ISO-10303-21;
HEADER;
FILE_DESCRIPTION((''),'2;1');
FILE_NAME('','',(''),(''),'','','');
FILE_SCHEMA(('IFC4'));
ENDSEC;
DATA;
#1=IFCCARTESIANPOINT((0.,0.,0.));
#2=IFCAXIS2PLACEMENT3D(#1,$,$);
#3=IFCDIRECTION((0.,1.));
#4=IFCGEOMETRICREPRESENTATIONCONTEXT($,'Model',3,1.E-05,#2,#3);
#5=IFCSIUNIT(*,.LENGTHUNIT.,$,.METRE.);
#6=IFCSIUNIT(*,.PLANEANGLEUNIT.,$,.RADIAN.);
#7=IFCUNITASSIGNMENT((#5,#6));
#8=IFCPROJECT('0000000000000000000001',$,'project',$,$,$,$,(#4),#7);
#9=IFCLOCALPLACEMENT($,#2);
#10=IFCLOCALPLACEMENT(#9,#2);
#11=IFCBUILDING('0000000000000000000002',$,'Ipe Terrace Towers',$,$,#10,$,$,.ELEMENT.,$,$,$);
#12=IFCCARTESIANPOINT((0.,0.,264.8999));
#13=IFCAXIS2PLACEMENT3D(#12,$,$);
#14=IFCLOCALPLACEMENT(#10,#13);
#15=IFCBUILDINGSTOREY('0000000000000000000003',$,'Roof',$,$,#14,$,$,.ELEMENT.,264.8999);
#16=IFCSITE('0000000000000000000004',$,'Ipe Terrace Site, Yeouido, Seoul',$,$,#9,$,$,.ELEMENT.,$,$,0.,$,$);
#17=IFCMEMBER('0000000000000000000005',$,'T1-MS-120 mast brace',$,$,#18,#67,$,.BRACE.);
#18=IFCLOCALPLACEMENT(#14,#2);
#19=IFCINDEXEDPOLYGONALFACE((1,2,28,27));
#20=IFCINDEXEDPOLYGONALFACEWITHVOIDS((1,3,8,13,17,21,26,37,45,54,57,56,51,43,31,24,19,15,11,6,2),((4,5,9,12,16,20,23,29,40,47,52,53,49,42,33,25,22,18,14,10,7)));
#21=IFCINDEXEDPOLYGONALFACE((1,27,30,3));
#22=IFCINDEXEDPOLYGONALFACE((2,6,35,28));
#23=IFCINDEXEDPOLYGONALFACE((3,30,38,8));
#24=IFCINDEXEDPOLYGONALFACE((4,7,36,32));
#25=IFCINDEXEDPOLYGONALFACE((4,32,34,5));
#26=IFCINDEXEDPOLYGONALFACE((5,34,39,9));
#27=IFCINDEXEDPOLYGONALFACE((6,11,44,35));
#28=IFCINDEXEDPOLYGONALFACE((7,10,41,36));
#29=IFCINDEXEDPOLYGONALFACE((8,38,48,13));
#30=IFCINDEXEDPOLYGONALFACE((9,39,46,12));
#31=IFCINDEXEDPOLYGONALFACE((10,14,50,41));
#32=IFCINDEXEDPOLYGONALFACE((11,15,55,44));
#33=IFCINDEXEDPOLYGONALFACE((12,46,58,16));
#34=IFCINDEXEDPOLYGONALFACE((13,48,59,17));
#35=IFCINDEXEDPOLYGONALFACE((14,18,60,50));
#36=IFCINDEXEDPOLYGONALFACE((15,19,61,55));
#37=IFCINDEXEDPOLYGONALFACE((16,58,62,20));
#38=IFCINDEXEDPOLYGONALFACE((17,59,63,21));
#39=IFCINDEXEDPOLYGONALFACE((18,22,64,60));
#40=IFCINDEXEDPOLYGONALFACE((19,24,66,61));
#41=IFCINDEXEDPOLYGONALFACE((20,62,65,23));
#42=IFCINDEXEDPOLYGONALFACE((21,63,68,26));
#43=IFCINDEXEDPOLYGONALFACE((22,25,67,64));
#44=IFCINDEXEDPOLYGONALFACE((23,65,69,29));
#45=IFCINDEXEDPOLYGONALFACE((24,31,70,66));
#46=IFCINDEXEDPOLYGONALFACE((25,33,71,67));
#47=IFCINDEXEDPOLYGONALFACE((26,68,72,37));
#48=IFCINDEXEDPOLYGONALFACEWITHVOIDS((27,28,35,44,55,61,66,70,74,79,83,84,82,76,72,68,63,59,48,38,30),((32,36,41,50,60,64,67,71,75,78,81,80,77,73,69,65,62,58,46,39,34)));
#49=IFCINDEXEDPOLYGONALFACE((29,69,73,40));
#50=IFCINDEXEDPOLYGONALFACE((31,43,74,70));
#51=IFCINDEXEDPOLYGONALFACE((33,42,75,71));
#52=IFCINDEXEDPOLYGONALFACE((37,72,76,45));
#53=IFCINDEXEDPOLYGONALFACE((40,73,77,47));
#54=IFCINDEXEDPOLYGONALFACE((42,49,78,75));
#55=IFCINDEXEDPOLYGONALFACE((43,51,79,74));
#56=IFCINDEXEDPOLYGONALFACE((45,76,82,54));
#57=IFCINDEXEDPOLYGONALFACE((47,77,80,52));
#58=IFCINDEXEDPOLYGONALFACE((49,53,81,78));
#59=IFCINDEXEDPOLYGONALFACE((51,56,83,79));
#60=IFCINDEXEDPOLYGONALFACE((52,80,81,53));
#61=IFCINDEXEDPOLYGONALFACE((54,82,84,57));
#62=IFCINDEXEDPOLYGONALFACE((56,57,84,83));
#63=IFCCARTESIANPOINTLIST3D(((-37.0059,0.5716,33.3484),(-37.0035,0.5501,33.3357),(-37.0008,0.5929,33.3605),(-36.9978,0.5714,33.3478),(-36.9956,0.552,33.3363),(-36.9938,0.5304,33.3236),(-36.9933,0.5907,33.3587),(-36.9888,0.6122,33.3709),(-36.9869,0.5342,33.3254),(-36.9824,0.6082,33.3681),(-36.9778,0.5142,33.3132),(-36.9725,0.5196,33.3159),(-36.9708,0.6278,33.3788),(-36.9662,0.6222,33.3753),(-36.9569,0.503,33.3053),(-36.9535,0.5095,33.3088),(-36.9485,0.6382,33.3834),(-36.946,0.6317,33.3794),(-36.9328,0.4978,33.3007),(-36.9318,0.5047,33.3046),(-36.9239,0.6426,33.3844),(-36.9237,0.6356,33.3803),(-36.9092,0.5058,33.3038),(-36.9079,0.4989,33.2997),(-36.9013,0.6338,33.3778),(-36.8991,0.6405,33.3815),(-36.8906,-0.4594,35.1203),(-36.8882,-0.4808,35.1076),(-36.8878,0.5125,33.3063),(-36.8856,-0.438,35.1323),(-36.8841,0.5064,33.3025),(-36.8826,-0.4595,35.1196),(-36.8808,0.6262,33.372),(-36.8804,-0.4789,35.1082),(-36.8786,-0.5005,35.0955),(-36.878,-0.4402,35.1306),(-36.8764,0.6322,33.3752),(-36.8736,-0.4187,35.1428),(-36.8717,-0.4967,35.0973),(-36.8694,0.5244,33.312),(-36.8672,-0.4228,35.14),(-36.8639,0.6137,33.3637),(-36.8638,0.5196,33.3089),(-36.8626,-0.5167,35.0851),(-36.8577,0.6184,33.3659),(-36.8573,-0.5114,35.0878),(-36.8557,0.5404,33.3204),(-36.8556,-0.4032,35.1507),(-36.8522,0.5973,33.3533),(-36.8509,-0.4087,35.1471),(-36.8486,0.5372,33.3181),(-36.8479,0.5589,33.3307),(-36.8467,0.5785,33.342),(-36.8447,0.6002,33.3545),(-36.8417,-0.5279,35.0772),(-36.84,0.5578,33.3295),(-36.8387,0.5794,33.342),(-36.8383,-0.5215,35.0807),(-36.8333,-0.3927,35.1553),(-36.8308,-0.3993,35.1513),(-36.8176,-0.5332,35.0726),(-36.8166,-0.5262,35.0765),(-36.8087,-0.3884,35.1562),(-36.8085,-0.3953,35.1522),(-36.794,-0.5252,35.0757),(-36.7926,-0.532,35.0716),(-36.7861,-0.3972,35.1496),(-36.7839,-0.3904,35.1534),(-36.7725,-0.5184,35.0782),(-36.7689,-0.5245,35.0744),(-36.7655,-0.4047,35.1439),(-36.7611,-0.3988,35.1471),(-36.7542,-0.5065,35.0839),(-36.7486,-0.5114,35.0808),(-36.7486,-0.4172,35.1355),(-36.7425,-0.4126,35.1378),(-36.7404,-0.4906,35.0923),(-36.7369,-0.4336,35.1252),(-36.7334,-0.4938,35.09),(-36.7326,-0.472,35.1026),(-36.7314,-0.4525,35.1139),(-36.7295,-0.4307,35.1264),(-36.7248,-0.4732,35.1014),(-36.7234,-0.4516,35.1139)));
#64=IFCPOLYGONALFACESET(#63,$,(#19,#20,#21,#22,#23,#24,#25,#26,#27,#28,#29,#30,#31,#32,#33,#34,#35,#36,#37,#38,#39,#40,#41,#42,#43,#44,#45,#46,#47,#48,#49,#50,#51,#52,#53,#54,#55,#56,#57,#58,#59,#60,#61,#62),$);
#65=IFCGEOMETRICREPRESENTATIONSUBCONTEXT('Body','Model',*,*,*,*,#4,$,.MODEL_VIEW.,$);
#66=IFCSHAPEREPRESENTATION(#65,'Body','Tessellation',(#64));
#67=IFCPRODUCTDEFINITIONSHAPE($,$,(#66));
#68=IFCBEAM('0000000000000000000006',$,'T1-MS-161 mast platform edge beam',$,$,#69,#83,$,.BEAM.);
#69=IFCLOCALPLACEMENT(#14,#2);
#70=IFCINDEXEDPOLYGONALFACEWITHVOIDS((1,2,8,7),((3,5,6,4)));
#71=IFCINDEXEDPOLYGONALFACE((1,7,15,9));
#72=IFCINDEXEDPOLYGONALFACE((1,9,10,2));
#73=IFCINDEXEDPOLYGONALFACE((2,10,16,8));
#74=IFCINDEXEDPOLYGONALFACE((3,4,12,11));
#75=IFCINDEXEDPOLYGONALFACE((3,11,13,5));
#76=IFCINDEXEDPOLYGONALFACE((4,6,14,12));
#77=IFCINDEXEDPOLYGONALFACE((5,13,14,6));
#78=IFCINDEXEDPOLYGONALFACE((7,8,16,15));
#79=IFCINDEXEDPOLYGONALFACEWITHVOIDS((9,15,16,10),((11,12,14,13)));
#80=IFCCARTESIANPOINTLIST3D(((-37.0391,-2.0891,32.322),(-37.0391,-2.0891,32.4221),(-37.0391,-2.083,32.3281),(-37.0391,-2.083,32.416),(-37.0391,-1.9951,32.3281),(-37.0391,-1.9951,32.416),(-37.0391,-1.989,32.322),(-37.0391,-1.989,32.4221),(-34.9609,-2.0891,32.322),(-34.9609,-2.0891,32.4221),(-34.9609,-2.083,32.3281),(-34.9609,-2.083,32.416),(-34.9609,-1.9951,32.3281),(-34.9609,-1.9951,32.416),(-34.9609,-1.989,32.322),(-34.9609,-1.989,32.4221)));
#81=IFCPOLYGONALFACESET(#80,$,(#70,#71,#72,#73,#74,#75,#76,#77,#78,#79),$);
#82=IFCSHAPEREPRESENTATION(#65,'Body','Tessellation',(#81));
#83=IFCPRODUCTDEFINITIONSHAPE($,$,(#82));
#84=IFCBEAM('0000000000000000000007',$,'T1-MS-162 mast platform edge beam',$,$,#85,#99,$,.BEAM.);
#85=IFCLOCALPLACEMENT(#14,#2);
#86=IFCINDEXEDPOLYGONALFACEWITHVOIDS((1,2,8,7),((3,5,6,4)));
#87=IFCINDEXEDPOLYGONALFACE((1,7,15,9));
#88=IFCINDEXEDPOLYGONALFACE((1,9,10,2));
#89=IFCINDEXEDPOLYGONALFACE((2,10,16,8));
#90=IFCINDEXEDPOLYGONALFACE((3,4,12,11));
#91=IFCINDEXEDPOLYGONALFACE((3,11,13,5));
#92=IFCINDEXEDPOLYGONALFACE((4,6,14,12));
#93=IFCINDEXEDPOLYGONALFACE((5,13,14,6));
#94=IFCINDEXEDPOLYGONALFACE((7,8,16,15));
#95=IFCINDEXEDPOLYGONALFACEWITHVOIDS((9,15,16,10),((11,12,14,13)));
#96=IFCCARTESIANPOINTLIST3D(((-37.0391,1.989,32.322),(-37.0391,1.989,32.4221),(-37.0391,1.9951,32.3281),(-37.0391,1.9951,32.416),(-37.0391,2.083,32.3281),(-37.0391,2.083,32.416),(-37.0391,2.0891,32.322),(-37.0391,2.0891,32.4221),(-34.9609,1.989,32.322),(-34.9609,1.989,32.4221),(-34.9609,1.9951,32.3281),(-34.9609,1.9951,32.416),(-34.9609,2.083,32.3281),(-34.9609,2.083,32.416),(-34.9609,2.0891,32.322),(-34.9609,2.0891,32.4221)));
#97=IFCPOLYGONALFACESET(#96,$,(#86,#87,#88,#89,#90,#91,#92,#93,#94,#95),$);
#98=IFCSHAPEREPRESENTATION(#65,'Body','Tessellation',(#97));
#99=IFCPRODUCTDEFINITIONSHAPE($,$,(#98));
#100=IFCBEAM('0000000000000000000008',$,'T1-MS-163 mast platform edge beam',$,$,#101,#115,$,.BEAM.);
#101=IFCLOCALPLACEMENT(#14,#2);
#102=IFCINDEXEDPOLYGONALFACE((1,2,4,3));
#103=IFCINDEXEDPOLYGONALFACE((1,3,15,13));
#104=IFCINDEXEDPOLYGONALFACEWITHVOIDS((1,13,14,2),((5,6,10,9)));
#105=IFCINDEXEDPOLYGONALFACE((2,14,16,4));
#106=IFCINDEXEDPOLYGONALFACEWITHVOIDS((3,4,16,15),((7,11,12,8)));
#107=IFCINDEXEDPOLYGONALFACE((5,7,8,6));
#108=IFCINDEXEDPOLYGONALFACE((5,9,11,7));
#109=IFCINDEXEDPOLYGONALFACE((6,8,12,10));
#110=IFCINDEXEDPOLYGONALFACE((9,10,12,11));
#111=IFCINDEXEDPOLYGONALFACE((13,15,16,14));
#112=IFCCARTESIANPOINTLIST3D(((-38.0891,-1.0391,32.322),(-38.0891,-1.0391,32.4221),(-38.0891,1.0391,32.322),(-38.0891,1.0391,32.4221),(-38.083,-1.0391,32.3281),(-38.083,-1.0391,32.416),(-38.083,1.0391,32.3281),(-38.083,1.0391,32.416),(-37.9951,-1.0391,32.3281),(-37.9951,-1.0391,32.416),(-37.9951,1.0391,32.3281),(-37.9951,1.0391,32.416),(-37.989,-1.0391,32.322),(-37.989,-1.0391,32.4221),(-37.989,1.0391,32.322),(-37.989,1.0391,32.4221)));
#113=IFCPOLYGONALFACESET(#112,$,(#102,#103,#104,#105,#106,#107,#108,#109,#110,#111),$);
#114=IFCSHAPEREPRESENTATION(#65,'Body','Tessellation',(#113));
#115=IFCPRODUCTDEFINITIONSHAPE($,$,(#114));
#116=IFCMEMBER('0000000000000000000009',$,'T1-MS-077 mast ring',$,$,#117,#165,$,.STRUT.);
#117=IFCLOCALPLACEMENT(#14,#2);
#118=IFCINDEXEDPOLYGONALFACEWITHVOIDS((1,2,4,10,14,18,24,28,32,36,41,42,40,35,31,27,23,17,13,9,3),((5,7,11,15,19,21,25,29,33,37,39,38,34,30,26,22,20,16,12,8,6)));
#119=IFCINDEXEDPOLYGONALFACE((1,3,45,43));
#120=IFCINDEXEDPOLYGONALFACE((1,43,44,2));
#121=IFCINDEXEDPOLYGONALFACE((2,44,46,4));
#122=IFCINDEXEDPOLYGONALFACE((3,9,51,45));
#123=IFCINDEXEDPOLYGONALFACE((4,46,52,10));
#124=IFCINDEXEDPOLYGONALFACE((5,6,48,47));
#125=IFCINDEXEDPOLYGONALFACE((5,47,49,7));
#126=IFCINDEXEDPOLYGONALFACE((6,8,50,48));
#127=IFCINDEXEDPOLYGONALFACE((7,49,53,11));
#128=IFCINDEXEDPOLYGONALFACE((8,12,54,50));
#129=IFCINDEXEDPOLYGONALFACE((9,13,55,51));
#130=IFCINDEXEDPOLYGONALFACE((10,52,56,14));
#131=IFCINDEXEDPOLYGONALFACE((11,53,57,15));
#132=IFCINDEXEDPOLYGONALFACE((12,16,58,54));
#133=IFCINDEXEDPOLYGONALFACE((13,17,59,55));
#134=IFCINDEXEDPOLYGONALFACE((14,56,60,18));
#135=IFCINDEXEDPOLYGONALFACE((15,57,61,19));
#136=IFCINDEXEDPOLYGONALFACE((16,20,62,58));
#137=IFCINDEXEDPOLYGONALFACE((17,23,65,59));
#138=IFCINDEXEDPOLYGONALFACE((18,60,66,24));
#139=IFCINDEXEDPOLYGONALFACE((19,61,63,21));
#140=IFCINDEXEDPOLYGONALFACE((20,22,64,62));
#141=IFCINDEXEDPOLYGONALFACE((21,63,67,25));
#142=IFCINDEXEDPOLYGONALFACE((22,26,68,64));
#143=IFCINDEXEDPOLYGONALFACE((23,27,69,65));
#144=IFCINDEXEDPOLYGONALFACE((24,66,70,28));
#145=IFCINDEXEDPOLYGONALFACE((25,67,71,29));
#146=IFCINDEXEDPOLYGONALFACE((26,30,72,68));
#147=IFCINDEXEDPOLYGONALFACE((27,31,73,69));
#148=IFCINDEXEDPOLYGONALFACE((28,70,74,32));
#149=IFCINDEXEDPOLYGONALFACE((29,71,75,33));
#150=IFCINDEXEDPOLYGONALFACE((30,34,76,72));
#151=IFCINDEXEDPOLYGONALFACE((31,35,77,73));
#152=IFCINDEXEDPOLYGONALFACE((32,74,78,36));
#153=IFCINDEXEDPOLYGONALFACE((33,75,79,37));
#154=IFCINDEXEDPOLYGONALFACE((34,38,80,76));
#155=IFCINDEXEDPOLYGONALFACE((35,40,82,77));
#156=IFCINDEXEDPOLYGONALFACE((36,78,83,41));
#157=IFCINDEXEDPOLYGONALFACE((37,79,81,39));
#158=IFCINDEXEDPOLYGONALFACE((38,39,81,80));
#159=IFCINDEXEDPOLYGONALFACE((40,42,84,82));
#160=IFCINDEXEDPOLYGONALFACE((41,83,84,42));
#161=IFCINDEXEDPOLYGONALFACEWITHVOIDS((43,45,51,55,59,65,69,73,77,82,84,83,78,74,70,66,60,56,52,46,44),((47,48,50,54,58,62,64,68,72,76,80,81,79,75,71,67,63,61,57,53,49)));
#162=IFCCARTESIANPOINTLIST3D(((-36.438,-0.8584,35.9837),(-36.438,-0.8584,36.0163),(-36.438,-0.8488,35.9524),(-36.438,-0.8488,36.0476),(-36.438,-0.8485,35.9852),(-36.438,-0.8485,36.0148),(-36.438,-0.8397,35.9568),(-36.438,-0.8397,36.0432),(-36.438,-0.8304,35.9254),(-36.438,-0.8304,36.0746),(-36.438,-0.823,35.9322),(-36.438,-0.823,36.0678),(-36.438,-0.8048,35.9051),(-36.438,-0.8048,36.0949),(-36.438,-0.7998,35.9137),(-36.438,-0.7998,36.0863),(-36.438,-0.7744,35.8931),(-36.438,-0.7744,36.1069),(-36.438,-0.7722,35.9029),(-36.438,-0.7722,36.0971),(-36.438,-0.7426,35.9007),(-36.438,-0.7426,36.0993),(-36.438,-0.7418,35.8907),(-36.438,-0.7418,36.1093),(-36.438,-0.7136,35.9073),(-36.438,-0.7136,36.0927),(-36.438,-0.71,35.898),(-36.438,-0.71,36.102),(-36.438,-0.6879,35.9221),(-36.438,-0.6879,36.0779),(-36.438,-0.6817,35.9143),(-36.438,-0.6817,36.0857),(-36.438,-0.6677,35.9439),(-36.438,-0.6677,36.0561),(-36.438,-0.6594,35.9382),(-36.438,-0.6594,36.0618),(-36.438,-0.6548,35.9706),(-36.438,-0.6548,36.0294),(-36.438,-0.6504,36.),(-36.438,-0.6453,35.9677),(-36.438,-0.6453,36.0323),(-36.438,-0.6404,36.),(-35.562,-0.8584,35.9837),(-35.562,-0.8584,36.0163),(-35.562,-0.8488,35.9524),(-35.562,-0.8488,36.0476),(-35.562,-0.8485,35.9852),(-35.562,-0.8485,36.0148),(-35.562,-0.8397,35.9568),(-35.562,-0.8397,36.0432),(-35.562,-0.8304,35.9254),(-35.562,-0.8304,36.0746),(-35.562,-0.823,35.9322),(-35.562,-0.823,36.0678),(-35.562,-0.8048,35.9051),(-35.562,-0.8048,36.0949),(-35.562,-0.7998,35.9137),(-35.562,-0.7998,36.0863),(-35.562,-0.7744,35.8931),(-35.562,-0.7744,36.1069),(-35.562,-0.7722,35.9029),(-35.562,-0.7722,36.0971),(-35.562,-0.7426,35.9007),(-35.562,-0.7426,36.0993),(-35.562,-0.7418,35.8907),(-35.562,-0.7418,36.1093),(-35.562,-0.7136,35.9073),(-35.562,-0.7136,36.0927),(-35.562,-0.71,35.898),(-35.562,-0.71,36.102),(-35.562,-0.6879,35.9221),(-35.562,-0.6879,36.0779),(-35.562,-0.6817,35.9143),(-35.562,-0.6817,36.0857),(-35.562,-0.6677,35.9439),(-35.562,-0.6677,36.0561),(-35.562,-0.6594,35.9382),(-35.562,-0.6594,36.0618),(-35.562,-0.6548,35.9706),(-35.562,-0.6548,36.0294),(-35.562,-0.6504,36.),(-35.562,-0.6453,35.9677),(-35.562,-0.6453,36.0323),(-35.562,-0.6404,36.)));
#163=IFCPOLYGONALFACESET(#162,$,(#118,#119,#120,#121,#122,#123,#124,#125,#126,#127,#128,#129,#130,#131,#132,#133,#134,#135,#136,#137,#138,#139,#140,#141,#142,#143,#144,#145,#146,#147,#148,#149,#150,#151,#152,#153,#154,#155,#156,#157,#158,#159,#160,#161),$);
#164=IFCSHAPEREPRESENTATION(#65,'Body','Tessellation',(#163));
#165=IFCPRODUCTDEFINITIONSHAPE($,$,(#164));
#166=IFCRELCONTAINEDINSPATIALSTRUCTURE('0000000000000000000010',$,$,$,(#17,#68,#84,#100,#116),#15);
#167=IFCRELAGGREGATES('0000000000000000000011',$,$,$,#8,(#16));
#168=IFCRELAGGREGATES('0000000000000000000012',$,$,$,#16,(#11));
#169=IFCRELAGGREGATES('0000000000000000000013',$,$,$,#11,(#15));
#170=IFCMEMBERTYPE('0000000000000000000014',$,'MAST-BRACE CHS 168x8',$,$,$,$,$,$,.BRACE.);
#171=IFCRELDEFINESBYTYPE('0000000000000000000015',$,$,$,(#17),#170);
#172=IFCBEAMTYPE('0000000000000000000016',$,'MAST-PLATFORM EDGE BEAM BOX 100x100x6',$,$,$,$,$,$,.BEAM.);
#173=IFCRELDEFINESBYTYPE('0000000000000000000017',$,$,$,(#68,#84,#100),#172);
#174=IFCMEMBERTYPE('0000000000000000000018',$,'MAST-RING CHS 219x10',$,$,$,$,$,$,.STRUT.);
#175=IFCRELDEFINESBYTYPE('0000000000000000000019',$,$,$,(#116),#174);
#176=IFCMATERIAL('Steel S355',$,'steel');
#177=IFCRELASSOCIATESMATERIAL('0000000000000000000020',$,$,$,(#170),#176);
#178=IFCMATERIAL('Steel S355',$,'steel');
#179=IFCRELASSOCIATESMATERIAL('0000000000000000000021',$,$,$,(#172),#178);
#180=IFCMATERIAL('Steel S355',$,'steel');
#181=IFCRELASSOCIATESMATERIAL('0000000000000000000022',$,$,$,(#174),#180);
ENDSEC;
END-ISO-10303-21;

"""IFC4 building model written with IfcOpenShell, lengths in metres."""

from ifc_helpers import new_model, si_unit, direction, frame, origin, origin_2d, place, context, subcontext, project, spatial, hollow_rectangle, hollow_circle, extrude, material, material_profile, profile_set, type_object, element, save


model = new_model("IFC4")

# Units and contexts
model_context = context("Model", 3, precision=1e-05, world=origin(), true_north=direction((0.0, 1.0)))
body_context = subcontext(model_context, "Body", "Model", "MODEL_VIEW")
ifc_project = project(units=[si_unit("LENGTHUNIT", "METRE"), si_unit("PLANEANGLEUNIT", "RADIAN")], contexts=[model_context])

# Site, building, storey
site_placement = place(None, origin())
site = spatial("IfcSite", under=ifc_project, at=site_placement, Name="Ipe Terrace Site, Yeouido, Seoul", CompositionType="ELEMENT", RefElevation=0.0)
building_placement = place(site_placement, origin())
building = spatial("IfcBuilding", under=site, at=building_placement, Name="Ipe Terrace Towers", CompositionType="ELEMENT")
storey_placement = place(building_placement, frame((0.0, 0.0, 264.8999)))
storey = spatial("IfcBuildingStorey", under=building, at=storey_placement, Name="Roof", CompositionType="ELEMENT", Elevation=264.8999)

# Member
ifc_material_1 = material(Name="Steel S355", Category="steel")
ifc_material_profile_1 = material_profile(ifc_material_1, hollow_circle(Radius=0.084, WallThickness=0.0081, at=origin_2d()), Name="MAST-BRACE CHS 168x8")
ifc_profile_set_1 = profile_set([ifc_material_profile_1], Name="Steel S355")
member_type_1 = type_object("IfcMemberType", Name="MAST-BRACE CHS 168x8", PredefinedType="BRACE", material=ifc_profile_set_1)
for number, where, z_axis, x_axis, name in (
    (1, (-36.9221, 0.5701, 33.342), (0.056121, -0.502116, 0.862978), (0.993812, 0.111077, 0.0), "T1-MS-120 mast brace"),
):
    element("IfcMember", number, at=place(storey_placement, frame(where, z_axis=z_axis, x_axis=x_axis)), inside=storey, type_object=member_type_1, Name=name, PredefinedType="BRACE", context=body_context, shape_type="SweptSolid", body=[
        extrude(hollow_circle(Radius=0.084, WallThickness=0.0081, at=origin_2d()), origin(), (0.0, 0.0, 1.0), 2.0532),
    ])

# Beams
ifc_material_2 = material(Name="Steel S355", Category="steel")
ifc_material_profile_2 = material_profile(ifc_material_2, hollow_rectangle(XDim=0.1001, YDim=0.1001, WallThickness=0.0061, at=origin_2d()), Name="MAST-PLATFORM EDGE BEAM BOX 100x100x6")
ifc_profile_set_2 = profile_set([ifc_material_profile_2], Name="Steel S355")
beam_type = type_object("IfcBeamType", Name="MAST-PLATFORM EDGE BEAM BOX 100x100x6", PredefinedType="BEAM", material=ifc_profile_set_2)
for number, where, z_axis, x_axis, name in (
    (2, (-37.0391, -2.0391, 32.3721), (1.0, 0.0, 0.0), (0.0, 1.0, 0.0), "T1-MS-161 mast platform edge beam"),
    (3, (-37.0391, 2.0391, 32.3721), (1.0, 0.0, 0.0), (0.0, 1.0, 0.0), "T1-MS-162 mast platform edge beam"),
    (4, (-38.0391, -1.0391, 32.3721), (0.0, 1.0, 0.0), (-1.0, 0.0, 0.0), "T1-MS-163 mast platform edge beam"),
):
    element("IfcBeam", number, at=place(storey_placement, frame(where, z_axis=z_axis, x_axis=x_axis)), inside=storey, type_object=beam_type, Name=name, PredefinedType="BEAM", context=body_context, shape_type="SweptSolid", body=[
        extrude(hollow_rectangle(XDim=0.1001, YDim=0.1001, WallThickness=0.0061, at=origin_2d()), origin(), (0.0, 0.0, 1.0), 2.0781),
    ])

# Member
ifc_material_3 = material(Name="Steel S355", Category="steel")
ifc_material_profile_3 = material_profile(ifc_material_3, hollow_circle(Radius=0.1096, WallThickness=0.01, at=origin_2d()), Name="MAST-RING CHS 219x10")
ifc_profile_set_3 = profile_set([ifc_material_profile_3], Name="Steel S355")
member_type_2 = type_object("IfcMemberType", Name="MAST-RING CHS 219x10", PredefinedType="STRUT", material=ifc_profile_set_3)
for number, where, z_axis, x_axis, name in (
    (5, (-36.438, -0.75, 36.0), (1.0, 0.0, 0.0), (0.0, 1.0, 0.0), "T1-MS-077 mast ring"),
):
    element("IfcMember", number, at=place(storey_placement, frame(where, z_axis=z_axis, x_axis=x_axis)), inside=storey, type_object=member_type_2, Name=name, PredefinedType="STRUT", context=body_context, shape_type="SweptSolid", body=[
        extrude(hollow_circle(Radius=0.1096, WallThickness=0.01, at=origin_2d()), origin(), (0.0, 0.0, 1.0), 0.876),
    ])

save(model, "model.ifc")
